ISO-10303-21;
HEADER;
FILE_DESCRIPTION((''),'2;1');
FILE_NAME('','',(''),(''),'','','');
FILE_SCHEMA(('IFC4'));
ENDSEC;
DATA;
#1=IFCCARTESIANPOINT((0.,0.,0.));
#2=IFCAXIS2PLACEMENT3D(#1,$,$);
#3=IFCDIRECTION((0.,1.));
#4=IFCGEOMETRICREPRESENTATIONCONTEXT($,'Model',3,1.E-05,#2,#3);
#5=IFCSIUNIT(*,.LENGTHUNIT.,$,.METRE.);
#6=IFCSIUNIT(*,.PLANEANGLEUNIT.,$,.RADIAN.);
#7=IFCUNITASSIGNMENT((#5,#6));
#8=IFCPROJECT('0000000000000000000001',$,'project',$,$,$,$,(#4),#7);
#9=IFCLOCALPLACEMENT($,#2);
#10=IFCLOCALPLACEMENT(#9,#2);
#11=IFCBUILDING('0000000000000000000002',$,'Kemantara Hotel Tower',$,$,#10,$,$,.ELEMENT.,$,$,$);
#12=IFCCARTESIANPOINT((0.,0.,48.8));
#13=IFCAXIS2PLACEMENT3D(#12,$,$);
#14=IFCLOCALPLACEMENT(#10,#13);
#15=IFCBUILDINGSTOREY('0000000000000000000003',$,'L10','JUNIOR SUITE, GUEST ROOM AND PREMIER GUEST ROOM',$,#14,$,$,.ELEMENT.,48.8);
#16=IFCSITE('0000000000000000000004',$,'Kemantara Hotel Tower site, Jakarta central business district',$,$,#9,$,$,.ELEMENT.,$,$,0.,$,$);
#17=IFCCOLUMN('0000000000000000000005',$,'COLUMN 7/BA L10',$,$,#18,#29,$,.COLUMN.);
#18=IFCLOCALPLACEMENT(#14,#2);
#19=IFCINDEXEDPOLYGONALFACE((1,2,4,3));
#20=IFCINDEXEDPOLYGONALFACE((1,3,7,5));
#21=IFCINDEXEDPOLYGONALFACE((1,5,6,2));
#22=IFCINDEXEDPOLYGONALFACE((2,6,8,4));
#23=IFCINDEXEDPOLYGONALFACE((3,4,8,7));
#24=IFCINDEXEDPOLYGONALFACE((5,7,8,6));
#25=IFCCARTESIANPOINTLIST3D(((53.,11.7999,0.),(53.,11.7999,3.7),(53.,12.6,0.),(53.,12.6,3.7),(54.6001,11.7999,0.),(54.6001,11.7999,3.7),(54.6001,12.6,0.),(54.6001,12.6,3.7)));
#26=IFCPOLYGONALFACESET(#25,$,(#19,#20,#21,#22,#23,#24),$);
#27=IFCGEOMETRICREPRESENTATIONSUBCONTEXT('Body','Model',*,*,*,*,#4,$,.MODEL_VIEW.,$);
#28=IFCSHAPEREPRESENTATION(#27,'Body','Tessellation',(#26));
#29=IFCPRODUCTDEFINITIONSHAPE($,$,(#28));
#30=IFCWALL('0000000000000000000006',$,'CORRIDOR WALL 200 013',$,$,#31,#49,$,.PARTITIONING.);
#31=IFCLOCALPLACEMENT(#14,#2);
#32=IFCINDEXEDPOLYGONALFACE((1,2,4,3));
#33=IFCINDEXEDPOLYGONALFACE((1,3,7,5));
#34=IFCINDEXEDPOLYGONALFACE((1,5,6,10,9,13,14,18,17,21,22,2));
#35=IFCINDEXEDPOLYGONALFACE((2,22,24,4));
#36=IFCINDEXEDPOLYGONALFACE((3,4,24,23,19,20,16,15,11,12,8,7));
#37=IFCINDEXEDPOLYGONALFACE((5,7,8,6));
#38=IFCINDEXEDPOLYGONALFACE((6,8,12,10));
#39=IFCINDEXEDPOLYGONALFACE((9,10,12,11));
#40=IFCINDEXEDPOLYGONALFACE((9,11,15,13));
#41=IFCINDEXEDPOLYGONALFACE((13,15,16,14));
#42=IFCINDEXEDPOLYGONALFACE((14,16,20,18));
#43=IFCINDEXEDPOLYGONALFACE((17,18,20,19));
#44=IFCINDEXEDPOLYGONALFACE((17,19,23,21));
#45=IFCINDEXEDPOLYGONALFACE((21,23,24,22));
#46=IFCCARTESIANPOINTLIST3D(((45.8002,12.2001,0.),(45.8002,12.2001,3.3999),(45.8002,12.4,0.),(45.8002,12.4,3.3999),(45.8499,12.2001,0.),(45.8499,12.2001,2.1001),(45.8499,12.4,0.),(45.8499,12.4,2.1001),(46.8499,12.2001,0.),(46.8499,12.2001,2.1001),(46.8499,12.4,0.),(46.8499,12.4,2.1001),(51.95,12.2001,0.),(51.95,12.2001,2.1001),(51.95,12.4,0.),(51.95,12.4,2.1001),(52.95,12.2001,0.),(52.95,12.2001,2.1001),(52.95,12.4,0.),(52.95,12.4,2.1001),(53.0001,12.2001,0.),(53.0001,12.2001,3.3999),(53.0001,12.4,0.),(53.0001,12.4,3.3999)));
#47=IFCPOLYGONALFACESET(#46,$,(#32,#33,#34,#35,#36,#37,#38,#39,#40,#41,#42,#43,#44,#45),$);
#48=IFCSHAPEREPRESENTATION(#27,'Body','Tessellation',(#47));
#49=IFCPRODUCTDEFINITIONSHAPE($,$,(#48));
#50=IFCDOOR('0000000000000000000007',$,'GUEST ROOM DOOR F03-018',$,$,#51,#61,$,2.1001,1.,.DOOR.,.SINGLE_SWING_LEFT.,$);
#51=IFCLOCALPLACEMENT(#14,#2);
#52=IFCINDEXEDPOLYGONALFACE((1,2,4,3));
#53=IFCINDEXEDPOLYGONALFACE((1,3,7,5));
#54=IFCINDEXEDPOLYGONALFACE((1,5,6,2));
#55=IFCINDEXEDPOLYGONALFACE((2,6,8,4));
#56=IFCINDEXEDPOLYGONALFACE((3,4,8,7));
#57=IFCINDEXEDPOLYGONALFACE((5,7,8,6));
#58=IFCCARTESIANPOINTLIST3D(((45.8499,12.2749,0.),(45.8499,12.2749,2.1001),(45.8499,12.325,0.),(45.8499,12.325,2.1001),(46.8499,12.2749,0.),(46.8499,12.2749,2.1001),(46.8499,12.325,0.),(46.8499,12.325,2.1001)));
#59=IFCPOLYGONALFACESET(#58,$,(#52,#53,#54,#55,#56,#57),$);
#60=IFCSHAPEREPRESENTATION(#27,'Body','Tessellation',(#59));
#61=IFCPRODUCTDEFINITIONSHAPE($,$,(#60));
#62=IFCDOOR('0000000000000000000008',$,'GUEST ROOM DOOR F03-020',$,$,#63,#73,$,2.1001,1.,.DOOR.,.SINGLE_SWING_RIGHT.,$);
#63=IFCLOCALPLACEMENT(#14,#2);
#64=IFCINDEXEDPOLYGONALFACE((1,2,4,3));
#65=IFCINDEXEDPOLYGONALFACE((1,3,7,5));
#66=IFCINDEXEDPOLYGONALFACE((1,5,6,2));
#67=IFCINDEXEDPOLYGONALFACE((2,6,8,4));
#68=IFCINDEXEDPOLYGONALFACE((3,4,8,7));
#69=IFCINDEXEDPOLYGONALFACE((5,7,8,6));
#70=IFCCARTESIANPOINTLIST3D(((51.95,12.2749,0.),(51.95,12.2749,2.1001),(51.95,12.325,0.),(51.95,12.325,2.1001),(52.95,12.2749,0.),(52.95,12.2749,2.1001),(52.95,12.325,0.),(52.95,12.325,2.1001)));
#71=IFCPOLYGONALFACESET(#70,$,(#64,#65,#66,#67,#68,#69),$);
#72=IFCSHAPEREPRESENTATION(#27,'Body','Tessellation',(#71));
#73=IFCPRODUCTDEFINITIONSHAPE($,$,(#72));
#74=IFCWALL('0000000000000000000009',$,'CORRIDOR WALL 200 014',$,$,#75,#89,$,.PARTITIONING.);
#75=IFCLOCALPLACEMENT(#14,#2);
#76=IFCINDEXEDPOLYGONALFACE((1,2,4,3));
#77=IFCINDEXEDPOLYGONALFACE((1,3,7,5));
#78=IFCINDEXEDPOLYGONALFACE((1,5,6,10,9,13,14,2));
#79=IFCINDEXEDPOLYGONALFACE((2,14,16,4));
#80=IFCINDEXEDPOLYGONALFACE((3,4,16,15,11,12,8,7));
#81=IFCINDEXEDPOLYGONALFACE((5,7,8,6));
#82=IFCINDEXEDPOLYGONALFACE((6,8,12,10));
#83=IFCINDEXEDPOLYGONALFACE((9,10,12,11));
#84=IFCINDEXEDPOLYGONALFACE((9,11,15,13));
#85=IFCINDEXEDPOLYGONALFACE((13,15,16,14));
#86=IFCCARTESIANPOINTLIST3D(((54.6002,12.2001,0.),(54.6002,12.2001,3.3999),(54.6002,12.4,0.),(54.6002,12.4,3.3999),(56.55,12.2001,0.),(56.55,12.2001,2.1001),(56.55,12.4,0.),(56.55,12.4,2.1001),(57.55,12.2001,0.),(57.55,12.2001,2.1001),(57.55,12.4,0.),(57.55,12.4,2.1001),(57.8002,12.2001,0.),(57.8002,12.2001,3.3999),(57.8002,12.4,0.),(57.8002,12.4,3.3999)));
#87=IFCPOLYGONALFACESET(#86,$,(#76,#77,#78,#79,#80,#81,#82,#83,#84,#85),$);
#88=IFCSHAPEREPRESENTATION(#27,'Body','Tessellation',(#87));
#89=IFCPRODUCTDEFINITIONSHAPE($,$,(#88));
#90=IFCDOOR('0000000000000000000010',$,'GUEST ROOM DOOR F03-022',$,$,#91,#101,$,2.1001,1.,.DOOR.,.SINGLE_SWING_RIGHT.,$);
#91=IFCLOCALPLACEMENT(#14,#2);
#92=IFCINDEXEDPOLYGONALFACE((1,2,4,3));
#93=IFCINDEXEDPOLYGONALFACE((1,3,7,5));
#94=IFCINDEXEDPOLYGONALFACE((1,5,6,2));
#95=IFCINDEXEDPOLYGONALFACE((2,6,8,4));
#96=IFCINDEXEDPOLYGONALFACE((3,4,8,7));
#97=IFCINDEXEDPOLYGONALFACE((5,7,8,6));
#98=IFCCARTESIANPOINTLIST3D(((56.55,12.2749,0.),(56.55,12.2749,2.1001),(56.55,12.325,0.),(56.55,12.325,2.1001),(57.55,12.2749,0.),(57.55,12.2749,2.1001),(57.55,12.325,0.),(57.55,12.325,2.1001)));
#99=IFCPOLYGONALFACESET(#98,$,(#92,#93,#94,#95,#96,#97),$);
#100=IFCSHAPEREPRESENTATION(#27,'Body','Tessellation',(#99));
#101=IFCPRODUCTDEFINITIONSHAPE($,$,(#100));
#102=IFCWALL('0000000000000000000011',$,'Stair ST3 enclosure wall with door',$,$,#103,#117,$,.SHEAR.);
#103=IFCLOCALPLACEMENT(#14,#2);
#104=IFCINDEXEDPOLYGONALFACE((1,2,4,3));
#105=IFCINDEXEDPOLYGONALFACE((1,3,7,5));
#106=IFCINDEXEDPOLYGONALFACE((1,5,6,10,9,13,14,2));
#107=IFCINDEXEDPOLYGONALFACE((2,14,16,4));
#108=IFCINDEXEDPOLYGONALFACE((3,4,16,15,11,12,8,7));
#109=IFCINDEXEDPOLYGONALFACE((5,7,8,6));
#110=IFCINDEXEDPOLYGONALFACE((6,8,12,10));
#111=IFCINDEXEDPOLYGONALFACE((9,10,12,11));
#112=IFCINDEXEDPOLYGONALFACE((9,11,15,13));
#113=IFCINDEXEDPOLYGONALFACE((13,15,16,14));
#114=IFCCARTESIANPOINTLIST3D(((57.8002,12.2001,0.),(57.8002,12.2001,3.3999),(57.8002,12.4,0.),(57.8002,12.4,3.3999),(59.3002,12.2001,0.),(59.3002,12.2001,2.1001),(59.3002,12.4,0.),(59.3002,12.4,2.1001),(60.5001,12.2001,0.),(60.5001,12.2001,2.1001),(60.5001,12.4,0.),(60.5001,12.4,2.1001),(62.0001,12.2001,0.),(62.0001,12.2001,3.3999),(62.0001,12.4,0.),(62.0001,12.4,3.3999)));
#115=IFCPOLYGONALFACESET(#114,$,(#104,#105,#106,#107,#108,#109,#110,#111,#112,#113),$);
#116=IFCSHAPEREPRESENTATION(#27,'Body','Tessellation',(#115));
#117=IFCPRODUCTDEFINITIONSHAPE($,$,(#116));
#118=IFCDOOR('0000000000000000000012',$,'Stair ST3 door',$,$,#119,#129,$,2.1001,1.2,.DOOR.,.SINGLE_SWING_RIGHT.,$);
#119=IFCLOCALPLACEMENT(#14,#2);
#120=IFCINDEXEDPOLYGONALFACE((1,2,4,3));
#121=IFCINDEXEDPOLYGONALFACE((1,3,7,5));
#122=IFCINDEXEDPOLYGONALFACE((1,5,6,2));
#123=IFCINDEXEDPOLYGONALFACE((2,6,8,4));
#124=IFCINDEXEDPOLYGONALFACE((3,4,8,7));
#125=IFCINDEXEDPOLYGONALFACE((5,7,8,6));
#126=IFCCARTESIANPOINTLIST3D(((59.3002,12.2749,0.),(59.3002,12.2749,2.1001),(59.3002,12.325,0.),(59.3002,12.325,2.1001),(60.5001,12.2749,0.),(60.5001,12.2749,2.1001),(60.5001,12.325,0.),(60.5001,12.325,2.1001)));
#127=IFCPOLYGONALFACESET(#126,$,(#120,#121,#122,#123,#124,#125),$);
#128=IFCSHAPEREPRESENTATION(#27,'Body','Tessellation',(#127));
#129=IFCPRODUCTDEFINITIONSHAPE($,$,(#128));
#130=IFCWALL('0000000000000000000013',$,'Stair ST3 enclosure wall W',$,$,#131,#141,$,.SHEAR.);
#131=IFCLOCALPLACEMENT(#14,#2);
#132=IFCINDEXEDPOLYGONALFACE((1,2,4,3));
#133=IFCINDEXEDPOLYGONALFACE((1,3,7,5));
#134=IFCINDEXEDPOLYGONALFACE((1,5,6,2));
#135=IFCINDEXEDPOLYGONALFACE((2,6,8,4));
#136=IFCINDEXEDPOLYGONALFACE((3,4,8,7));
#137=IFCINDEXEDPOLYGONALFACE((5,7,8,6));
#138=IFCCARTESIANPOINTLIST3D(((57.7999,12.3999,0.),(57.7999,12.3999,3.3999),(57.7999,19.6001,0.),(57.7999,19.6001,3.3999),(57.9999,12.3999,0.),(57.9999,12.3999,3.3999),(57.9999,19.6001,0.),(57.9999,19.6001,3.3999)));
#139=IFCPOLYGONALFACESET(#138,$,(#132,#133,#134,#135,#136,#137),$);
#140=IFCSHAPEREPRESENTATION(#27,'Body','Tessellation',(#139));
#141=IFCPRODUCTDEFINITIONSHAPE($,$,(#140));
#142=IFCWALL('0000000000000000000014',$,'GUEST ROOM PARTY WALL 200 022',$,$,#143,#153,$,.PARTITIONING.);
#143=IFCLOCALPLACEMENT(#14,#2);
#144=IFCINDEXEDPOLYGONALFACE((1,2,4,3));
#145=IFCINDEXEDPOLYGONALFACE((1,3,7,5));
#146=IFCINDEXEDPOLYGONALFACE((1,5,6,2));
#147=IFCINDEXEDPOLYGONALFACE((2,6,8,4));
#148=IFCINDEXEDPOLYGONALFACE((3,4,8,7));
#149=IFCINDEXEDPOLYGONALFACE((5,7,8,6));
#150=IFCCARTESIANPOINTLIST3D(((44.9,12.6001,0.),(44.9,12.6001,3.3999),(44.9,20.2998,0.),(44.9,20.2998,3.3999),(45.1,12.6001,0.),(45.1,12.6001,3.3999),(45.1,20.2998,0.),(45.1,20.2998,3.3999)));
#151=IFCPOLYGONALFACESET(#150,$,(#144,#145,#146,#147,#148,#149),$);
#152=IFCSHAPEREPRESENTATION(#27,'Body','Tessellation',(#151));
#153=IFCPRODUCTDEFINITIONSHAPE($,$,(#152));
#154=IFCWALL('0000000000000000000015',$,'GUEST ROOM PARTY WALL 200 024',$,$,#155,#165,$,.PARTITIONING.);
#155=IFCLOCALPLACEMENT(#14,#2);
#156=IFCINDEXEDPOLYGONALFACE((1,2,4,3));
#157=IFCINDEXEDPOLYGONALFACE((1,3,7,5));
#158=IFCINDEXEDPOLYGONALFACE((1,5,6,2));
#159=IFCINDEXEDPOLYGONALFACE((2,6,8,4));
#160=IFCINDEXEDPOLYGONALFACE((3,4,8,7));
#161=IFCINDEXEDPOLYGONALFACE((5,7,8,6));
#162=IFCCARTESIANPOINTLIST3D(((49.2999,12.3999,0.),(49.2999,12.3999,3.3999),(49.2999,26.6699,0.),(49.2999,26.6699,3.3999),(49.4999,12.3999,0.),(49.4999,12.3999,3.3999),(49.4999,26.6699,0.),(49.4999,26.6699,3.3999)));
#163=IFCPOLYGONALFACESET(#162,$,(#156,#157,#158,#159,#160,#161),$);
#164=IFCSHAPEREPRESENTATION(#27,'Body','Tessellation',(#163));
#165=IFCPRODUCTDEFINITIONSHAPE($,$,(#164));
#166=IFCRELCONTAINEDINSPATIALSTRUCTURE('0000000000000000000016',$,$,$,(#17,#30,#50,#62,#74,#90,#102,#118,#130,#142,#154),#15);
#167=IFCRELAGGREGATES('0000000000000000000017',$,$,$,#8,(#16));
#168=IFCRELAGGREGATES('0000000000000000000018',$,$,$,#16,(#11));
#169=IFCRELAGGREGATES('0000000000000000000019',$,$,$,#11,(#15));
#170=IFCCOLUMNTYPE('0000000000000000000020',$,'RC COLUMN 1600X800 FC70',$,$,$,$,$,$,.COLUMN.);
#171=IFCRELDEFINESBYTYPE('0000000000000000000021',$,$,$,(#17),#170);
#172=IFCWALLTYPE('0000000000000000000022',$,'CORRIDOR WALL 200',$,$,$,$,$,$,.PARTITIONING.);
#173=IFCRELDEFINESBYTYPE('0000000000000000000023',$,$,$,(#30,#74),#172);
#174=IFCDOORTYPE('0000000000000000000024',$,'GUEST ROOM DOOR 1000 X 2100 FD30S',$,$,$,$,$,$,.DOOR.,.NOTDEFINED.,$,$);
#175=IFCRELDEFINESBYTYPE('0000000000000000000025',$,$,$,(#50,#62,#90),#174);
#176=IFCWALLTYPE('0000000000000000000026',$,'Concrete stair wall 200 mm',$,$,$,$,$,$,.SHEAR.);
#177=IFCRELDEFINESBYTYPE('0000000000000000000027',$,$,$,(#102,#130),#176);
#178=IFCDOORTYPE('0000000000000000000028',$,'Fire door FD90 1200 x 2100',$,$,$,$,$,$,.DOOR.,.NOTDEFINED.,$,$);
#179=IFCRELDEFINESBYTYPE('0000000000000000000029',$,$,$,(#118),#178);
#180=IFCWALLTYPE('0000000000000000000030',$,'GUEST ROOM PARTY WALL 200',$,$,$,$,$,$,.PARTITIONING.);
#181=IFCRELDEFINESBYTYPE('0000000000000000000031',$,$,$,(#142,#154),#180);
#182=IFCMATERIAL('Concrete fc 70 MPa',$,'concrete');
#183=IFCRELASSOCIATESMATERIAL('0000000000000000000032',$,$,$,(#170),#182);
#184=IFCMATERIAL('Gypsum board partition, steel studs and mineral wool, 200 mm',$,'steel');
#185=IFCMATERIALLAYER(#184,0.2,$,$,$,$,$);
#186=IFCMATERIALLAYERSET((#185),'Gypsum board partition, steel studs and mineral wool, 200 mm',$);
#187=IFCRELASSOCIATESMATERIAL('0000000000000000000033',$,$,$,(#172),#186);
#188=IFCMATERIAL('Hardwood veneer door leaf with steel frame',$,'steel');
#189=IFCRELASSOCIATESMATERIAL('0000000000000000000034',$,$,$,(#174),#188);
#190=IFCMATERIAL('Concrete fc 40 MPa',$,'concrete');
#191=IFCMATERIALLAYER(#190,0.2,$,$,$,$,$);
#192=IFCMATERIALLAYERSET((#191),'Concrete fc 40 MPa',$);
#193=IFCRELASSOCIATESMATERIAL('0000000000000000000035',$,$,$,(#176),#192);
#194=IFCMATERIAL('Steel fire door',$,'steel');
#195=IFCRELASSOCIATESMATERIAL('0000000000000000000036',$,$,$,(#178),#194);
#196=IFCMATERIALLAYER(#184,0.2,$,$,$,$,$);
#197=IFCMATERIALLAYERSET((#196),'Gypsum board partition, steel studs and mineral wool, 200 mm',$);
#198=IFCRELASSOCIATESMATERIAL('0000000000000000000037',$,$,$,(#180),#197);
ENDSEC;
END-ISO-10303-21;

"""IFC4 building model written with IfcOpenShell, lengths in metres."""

from ifc_helpers import new_model, si_unit, direction, frame, frame_2d, origin, origin_2d, place, context, subcontext, project, spatial, rectangle, extrude, material, layer, layer_set, material_profile, profile_set, type_object, element, fill, save


model = new_model("IFC4")

# Units and contexts
model_context = context("Model", 3, precision=1e-05, world=origin(), true_north=direction((0.0, 1.0)))
body_context = subcontext(model_context, "Body", "Model", "MODEL_VIEW")
ifc_project = project(units=[si_unit("LENGTHUNIT", "METRE"), si_unit("PLANEANGLEUNIT", "RADIAN")], contexts=[model_context])

# Site, building, storey
site_placement = place(None, origin())
site = spatial("IfcSite", under=ifc_project, at=site_placement, Name="Kemantara Hotel Tower site, Jakarta central business district", CompositionType="ELEMENT", RefElevation=0.0)
building_placement = place(site_placement, origin())
building = spatial("IfcBuilding", under=site, at=building_placement, Name="Kemantara Hotel Tower", CompositionType="ELEMENT")
storey_placement = place(building_placement, frame((0.0, 0.0, 48.8)))
storey = spatial("IfcBuildingStorey", under=building, at=storey_placement, Name="L10", Description="JUNIOR SUITE, GUEST ROOM AND PREMIER GUEST ROOM", CompositionType="ELEMENT", Elevation=48.8)

# Column
ifc_material_1 = material(Name="Concrete fc 70 MPa", Category="concrete")
ifc_material_profile = material_profile(ifc_material_1, rectangle(XDim=1.6001, YDim=0.8, at=origin_2d()), Name="RC 1600X800")
ifc_profile_set = profile_set([ifc_material_profile], Name="Concrete fc 70 MPa")
column_type = type_object("IfcColumnType", Name="RC COLUMN 1600X800 FC70", PredefinedType="COLUMN", material=ifc_profile_set)
column_placement = place(storey_placement, frame((53.8, 12.2, 0.0), z_axis=(0.0, 0.0, 1.0), x_axis=(1.0, 0.0, 0.0)))
element("IfcColumn", 1, at=column_placement, inside=storey, type_object=column_type, Name="COLUMN 7/BA L10", PredefinedType="COLUMN", context=body_context, shape_type="SweptSolid", body=[
    extrude(rectangle(XDim=1.6001, YDim=0.8, at=origin_2d()), origin(), (0.0, 0.0, 1.0), 3.7),
])

# Wall, openings, doors
ifc_material_2 = material(Name="Gypsum board partition, steel studs and mineral wool, 200 mm", Category="steel")
ifc_layer_1 = layer(ifc_material_2, 0.2)
ifc_layer_set_1 = layer_set([ifc_layer_1], Name="Gypsum board partition, steel studs and mineral wool, 200 mm")
wall_type_1 = type_object("IfcWallType", Name="CORRIDOR WALL 200", PredefinedType="PARTITIONING", material=ifc_layer_set_1)
wall_1_placement = place(storey_placement, frame((45.8, 12.3, 0.0), z_axis=(0.0, 0.0, 1.0), x_axis=(1.0, 0.0, 0.0)))
wall_1 = element("IfcWall", 2, at=wall_1_placement, inside=storey, type_object=wall_type_1, Name="CORRIDOR WALL 200 013", PredefinedType="PARTITIONING", context=body_context, shape_type="SweptSolid", body=[
    extrude(rectangle(XDim=7.2, YDim=0.2, at=frame_2d((3.6001, 0.0))), origin(), (0.0, 0.0, 1.0), 3.3999),
])
opening_1_placement = place(wall_1_placement, frame((0.0498, 0.0, 0.0)))
opening_1 = element("IfcOpeningElement", 3, at=opening_1_placement, cuts=wall_1, PredefinedType="OPENING", context=body_context, shape_type="SweptSolid", body=[
    extrude(rectangle(XDim=1.0, YDim=2.1001, at=frame_2d((0.5, 1.05))), frame((0.0, 0.1099, 0.0), z_axis=(0.0, -1.0, 0.0), x_axis=(1.0, 0.0, 0.0)), (0.0, 0.0, 1.0), 0.22),
])
opening_2_placement = place(wall_1_placement, frame((6.1499, 0.0, 0.0)))
opening_2 = element("IfcOpeningElement", 4, at=opening_2_placement, cuts=wall_1, PredefinedType="OPENING", context=body_context, shape_type="SweptSolid", body=[
    extrude(rectangle(XDim=1.0, YDim=2.1001, at=frame_2d((0.5, 1.05))), frame((0.0, 0.1099, 0.0), z_axis=(0.0, -1.0, 0.0), x_axis=(1.0, 0.0, 0.0)), (0.0, 0.0, 1.0), 0.22),
])
ifc_material_3 = material(Name="Hardwood veneer door leaf with steel frame", Category="steel")
door_type_1 = type_object("IfcDoorType", Name="GUEST ROOM DOOR 1000 X 2100 FD30S", OperationType="NOTDEFINED", PredefinedType="DOOR", material=ifc_material_3)
door_1_placement = place(opening_1_placement, origin())
door_1 = element("IfcDoor", 5, at=door_1_placement, inside=storey, type_object=door_type_1, Name="GUEST ROOM DOOR F03-018", OperationType="SINGLE_SWING_LEFT", OverallHeight=2.1001, OverallWidth=1.0, PredefinedType="DOOR", context=body_context, shape_type="SweptSolid", body=[
    extrude(rectangle(XDim=1.0, YDim=2.1001, at=frame_2d((0.5, 1.05))), frame((0.0, 0.0249, 0.0), z_axis=(0.0, -1.0, 0.0), x_axis=(1.0, 0.0, 0.0)), (0.0, 0.0, 1.0), 0.05),
])
fill(opening_1, door_1)
door_2_placement = place(opening_2_placement, origin())
door_2 = element("IfcDoor", 6, at=door_2_placement, inside=storey, type_object=door_type_1, Name="GUEST ROOM DOOR F03-020", OperationType="SINGLE_SWING_RIGHT", OverallHeight=2.1001, OverallWidth=1.0, PredefinedType="DOOR", context=body_context, shape_type="SweptSolid", body=[
    extrude(rectangle(XDim=1.0, YDim=2.1001, at=frame_2d((0.5, 1.05))), frame((0.0, 0.0249, 0.0), z_axis=(0.0, -1.0, 0.0), x_axis=(1.0, 0.0, 0.0)), (0.0, 0.0, 1.0), 0.05),
])
fill(opening_2, door_2)

# Walls, openings, doors
wall_2_placement = place(storey_placement, frame((54.6001, 12.3, 0.0), z_axis=(0.0, 0.0, 1.0), x_axis=(1.0, 0.0, 0.0)))
wall_2 = element("IfcWall", 7, at=wall_2_placement, inside=storey, type_object=wall_type_1, Name="CORRIDOR WALL 200 014", PredefinedType="PARTITIONING", context=body_context, shape_type="SweptSolid", body=[
    extrude(rectangle(XDim=3.2, YDim=0.2, at=frame_2d((1.6001, 0.0))), origin(), (0.0, 0.0, 1.0), 3.3999),
])
opening_3_placement = place(wall_2_placement, frame((1.95, 0.0, 0.0)))
opening_3 = element("IfcOpeningElement", 8, at=opening_3_placement, cuts=wall_2, PredefinedType="OPENING", context=body_context, shape_type="SweptSolid", body=[
    extrude(rectangle(XDim=1.0, YDim=2.1001, at=frame_2d((0.5, 1.05))), frame((0.0, 0.1099, 0.0), z_axis=(0.0, -1.0, 0.0), x_axis=(1.0, 0.0, 0.0)), (0.0, 0.0, 1.0), 0.22),
])
door_3_placement = place(opening_3_placement, origin())
door_3 = element("IfcDoor", 9, at=door_3_placement, inside=storey, type_object=door_type_1, Name="GUEST ROOM DOOR F03-022", OperationType="SINGLE_SWING_RIGHT", OverallHeight=2.1001, OverallWidth=1.0, PredefinedType="DOOR", context=body_context, shape_type="SweptSolid", body=[
    extrude(rectangle(XDim=1.0, YDim=2.1001, at=frame_2d((0.5, 1.05))), frame((0.0, 0.0249, 0.0), z_axis=(0.0, -1.0, 0.0), x_axis=(1.0, 0.0, 0.0)), (0.0, 0.0, 1.0), 0.05),
])
fill(opening_3, door_3)
ifc_material_4 = material(Name="Concrete fc 40 MPa", Category="concrete")
ifc_layer_2 = layer(ifc_material_4, 0.2)
ifc_layer_set_2 = layer_set([ifc_layer_2], Name="Concrete fc 40 MPa")
wall_type_2 = type_object("IfcWallType", Name="Concrete stair wall 200 mm", PredefinedType="SHEAR", material=ifc_layer_set_2)
wall_3_placement = place(storey_placement, frame((57.8, 12.3, 0.0), z_axis=(0.0, 0.0, 1.0), x_axis=(1.0, 0.0, 0.0)))
wall_3 = element("IfcWall", 10, at=wall_3_placement, inside=storey, type_object=wall_type_2, Name="Stair ST3 enclosure wall with door", PredefinedType="SHEAR", context=body_context, shape_type="SweptSolid", body=[
    extrude(rectangle(XDim=4.2, YDim=0.2, at=frame_2d((2.1001, 0.0))), origin(), (0.0, 0.0, 1.0), 3.3999),
])
opening_4_placement = place(wall_3_placement, frame((1.5, 0.0, 0.0)))
opening_4 = element("IfcOpeningElement", 11, at=opening_4_placement, cuts=wall_3, PredefinedType="OPENING", context=body_context, shape_type="SweptSolid", body=[
    extrude(rectangle(XDim=1.2, YDim=2.1001, at=frame_2d((0.6001, 1.05))), frame((0.0, 0.1099, 0.0), z_axis=(0.0, -1.0, 0.0), x_axis=(1.0, 0.0, 0.0)), (0.0, 0.0, 1.0), 0.22),
])
ifc_material_5 = material(Name="Steel fire door", Category="steel")
door_type_2 = type_object("IfcDoorType", Name="Fire door FD90 1200 x 2100", OperationType="NOTDEFINED", PredefinedType="DOOR", material=ifc_material_5)
door_4_placement = place(opening_4_placement, origin())
door_4 = element("IfcDoor", 12, at=door_4_placement, inside=storey, type_object=door_type_2, Name="Stair ST3 door", OperationType="SINGLE_SWING_RIGHT", OverallHeight=2.1001, OverallWidth=1.2, PredefinedType="DOOR", context=body_context, shape_type="SweptSolid", body=[
    extrude(rectangle(XDim=1.2, YDim=2.1001, at=frame_2d((0.6001, 1.05))), frame((0.0, 0.0249, 0.0), z_axis=(0.0, -1.0, 0.0), x_axis=(1.0, 0.0, 0.0)), (0.0, 0.0, 1.0), 0.05),
])
fill(opening_4, door_4)

# Walls
wall_4_placement = place(storey_placement, frame((57.8999, 12.3999, 0.0), z_axis=(0.0, 0.0, 1.0), x_axis=(0.0, 1.0, 0.0)))
element("IfcWall", 13, at=wall_4_placement, inside=storey, type_object=wall_type_2, Name="Stair ST3 enclosure wall W", PredefinedType="SHEAR", context=body_context, shape_type="SweptSolid", body=[
    extrude(rectangle(XDim=7.2002, YDim=0.2, at=frame_2d((3.6001, 0.0))), origin(), (0.0, 0.0, 1.0), 3.3999),
])
ifc_layer_3 = layer(ifc_material_2, 0.2)
ifc_layer_set_3 = layer_set([ifc_layer_3], Name="Gypsum board partition, steel studs and mineral wool, 200 mm")
wall_type_3 = type_object("IfcWallType", Name="GUEST ROOM PARTY WALL 200", PredefinedType="PARTITIONING", material=ifc_layer_set_3)
wall_5_placement = place(storey_placement, frame((45.0, 12.6001, 0.0), z_axis=(0.0, 0.0, 1.0), x_axis=(0.0, 1.0, 0.0)))
element("IfcWall", 14, at=wall_5_placement, inside=storey, type_object=wall_type_3, Name="GUEST ROOM PARTY WALL 200 022", PredefinedType="PARTITIONING", context=body_context, shape_type="SweptSolid", body=[
    extrude(rectangle(XDim=7.6997, YDim=0.2, at=frame_2d((3.8499, 0.0))), origin(), (0.0, 0.0, 1.0), 3.3999),
])
wall_6_placement = place(storey_placement, frame((49.3999, 12.3999, 0.0), z_axis=(0.0, 0.0, 1.0), x_axis=(0.0, 1.0, 0.0)))
element("IfcWall", 15, at=wall_6_placement, inside=storey, type_object=wall_type_3, Name="GUEST ROOM PARTY WALL 200 024", PredefinedType="PARTITIONING", context=body_context, shape_type="SweptSolid", body=[
    extrude(rectangle(XDim=14.27, YDim=0.2, at=frame_2d((7.135, 0.0))), origin(), (0.0, 0.0, 1.0), 3.3999),
])

save(model, "model.ifc")
